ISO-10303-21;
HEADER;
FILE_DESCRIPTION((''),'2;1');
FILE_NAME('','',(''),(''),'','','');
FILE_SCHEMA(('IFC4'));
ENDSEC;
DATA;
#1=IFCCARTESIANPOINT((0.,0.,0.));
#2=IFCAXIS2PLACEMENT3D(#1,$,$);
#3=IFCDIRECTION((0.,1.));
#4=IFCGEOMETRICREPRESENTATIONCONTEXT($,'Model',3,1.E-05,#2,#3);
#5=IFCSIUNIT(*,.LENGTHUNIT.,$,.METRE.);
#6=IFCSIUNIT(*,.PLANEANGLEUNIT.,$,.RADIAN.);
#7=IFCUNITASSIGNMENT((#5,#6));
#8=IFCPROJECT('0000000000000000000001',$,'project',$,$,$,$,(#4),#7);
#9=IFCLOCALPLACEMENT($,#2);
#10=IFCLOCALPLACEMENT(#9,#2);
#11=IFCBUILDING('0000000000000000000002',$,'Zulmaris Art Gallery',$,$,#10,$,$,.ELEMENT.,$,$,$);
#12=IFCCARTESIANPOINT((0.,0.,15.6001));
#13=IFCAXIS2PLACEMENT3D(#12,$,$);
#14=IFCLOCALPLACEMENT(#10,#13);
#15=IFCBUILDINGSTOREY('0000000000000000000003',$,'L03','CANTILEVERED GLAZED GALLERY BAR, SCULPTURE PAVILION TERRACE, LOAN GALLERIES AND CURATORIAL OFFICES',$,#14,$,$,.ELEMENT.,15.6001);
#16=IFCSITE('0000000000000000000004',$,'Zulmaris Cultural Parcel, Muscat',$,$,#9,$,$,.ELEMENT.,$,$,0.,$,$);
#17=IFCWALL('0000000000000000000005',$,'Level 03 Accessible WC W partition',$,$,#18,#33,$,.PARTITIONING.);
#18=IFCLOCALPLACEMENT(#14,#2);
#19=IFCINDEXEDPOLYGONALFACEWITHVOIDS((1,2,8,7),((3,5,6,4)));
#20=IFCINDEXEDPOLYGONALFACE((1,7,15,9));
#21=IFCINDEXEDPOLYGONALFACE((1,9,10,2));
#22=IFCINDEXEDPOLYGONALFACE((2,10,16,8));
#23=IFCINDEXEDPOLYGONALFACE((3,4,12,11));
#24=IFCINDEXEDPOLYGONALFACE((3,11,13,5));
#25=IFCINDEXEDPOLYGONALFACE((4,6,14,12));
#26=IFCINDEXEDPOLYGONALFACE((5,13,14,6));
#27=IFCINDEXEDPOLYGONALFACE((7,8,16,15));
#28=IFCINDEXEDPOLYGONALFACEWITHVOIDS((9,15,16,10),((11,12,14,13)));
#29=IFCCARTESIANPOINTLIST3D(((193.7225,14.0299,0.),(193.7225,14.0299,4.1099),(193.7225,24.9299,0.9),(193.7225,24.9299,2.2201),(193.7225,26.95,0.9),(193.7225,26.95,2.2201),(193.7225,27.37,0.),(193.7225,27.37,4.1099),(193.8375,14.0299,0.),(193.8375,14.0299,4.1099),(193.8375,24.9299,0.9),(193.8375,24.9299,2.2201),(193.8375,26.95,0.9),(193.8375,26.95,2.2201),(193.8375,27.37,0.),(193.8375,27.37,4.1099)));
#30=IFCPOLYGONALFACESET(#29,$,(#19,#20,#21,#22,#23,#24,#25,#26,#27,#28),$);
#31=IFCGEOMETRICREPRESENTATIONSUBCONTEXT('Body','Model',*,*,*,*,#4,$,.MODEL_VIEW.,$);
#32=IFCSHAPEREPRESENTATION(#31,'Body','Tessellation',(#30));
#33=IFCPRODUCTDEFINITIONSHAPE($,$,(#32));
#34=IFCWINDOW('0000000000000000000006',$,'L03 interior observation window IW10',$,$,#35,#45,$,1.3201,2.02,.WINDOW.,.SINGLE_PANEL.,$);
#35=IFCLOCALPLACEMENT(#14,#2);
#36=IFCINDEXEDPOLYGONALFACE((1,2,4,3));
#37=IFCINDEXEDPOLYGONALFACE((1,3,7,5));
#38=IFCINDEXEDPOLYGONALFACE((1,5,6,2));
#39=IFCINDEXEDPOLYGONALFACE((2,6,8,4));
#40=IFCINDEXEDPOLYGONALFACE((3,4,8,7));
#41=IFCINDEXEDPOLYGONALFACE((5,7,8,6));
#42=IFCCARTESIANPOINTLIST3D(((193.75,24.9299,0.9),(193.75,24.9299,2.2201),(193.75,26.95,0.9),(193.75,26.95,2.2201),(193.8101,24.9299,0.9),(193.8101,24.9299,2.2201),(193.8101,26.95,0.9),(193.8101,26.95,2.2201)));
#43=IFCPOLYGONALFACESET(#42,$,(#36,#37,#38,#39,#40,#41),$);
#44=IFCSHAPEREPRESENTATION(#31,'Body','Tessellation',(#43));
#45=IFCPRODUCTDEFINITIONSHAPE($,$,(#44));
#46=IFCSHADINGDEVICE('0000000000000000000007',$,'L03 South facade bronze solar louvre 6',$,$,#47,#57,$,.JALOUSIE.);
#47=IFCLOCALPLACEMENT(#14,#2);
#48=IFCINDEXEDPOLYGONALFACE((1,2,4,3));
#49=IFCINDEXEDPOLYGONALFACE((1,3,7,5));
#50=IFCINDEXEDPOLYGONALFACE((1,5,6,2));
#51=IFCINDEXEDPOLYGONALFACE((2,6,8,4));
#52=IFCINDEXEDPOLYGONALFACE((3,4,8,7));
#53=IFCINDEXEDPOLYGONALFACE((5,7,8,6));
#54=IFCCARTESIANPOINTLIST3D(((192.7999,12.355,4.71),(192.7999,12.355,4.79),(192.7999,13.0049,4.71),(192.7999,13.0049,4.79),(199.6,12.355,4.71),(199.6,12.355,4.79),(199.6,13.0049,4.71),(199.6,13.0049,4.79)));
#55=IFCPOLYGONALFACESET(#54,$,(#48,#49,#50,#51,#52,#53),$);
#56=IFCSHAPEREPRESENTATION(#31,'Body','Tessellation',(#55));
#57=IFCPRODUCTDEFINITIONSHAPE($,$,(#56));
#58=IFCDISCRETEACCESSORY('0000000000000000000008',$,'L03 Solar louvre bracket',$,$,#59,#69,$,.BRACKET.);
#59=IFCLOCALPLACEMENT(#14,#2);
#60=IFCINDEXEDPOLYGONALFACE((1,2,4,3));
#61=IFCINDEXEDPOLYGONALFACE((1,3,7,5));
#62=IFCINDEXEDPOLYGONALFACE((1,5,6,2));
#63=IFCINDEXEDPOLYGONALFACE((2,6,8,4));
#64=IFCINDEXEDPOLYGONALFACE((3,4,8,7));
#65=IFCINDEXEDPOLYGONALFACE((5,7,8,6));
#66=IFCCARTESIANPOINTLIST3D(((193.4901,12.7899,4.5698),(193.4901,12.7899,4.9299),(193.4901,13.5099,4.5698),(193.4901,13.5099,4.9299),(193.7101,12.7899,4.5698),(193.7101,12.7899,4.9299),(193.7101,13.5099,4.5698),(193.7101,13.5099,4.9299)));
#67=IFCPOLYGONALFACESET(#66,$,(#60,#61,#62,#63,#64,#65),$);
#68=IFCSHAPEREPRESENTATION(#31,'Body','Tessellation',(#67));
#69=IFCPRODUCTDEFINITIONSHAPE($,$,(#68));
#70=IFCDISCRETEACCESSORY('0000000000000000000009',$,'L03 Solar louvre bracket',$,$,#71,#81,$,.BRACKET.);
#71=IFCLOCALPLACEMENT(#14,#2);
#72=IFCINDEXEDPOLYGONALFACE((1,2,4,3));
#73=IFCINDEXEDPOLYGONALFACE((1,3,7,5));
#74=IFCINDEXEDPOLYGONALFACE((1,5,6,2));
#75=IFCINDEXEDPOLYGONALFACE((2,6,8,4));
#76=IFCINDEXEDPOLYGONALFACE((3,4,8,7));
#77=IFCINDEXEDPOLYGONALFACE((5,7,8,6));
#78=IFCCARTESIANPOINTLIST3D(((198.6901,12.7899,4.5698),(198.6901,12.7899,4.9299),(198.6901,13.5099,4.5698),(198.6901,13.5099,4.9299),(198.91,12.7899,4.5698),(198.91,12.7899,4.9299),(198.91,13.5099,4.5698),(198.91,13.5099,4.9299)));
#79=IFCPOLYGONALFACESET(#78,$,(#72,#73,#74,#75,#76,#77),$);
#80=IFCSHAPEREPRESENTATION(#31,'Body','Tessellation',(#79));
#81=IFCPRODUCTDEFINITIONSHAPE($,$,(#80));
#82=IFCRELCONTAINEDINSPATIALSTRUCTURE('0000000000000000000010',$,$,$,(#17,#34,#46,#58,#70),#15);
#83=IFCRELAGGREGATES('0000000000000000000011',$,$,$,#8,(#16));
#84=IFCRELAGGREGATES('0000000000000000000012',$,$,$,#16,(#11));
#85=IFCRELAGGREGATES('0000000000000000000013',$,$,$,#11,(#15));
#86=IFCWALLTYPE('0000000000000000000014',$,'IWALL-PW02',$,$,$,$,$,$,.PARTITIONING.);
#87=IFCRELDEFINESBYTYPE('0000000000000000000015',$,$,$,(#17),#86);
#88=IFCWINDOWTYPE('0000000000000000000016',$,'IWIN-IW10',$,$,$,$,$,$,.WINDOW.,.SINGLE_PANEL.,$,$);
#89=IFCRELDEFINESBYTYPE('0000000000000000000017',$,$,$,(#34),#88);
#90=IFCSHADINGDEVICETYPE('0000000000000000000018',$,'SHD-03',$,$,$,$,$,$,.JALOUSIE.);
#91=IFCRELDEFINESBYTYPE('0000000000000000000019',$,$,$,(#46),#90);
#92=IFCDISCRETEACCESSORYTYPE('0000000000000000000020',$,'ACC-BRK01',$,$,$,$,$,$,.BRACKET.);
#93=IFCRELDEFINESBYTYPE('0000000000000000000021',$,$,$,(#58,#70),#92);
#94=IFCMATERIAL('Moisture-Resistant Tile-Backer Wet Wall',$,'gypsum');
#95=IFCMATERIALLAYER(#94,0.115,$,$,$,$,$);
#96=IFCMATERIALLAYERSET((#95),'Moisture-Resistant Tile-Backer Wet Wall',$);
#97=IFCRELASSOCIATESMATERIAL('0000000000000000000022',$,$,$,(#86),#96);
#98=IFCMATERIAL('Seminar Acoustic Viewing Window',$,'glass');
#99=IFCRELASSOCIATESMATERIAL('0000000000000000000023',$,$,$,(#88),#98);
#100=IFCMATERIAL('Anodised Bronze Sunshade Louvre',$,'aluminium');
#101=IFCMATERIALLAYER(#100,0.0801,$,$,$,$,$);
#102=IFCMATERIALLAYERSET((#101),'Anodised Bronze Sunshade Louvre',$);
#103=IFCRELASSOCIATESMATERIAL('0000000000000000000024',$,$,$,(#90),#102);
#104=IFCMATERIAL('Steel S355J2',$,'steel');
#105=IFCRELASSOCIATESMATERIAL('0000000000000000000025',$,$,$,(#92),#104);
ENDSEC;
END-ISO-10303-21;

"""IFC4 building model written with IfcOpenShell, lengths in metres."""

from ifc_helpers import new_model, si_unit, direction, frame, frame_2d, origin, origin_2d, place, context, subcontext, project, spatial, rectangle, extrude, material, layer, layer_set, type_object, element, fill, save


model = new_model("IFC4")

# Units and contexts
model_context = context("Model", 3, precision=1e-05, world=origin(), true_north=direction((0.0, 1.0)))
body_context = subcontext(model_context, "Body", "Model", "MODEL_VIEW")
ifc_project = project(units=[si_unit("LENGTHUNIT", "METRE"), si_unit("PLANEANGLEUNIT", "RADIAN")], contexts=[model_context])

# Site, building, storey
site_placement = place(None, origin())
site = spatial("IfcSite", under=ifc_project, at=site_placement, Name="Zulmaris Cultural Parcel, Muscat", CompositionType="ELEMENT", RefElevation=0.0)
building_placement = place(site_placement, origin())
building = spatial("IfcBuilding", under=site, at=building_placement, Name="Zulmaris Art Gallery", CompositionType="ELEMENT")
storey_placement = place(building_placement, frame((0.0, 0.0, 15.6001)))
storey = spatial("IfcBuildingStorey", under=building, at=storey_placement, Name="L03", Description="CANTILEVERED GLAZED GALLERY BAR, SCULPTURE PAVILION TERRACE, LOAN GALLERIES AND CURATORIAL OFFICES", CompositionType="ELEMENT", Elevation=15.6001)

# Shared definitions
ifc_material_1 = material(Name="Steel S355J2", Category="steel")

# Shared definitions
ifc_material_2 = material(Name="Moisture-Resistant Tile-Backer Wet Wall", Category="gypsum")
ifc_layer_1 = layer(ifc_material_2, 0.115)
ifc_layer_set_1 = layer_set([ifc_layer_1], Name="Moisture-Resistant Tile-Backer Wet Wall")
wall_type_1 = type_object("IfcWallType", Name="IWALL-PW02", PredefinedType="PARTITIONING", material=ifc_layer_set_1)

# Wall, opening, window
wall_1_placement = place(storey_placement, frame((193.78, 14.03, 0.0), z_axis=(0.0, 0.0, 1.0), x_axis=(0.0, 1.0, 0.0)))
wall_1 = element("IfcWall", 1, at=wall_1_placement, inside=storey, type_object=wall_type_1, Name="Level 03 Accessible WC W partition", PredefinedType="PARTITIONING", context=body_context, shape_type="SweptSolid", body=[
    extrude(rectangle(XDim=13.3401, YDim=0.115, at=frame_2d((6.6699, 0.0))), origin(), (0.0, 0.0, 1.0), 4.1099),
])
opening_1_placement = place(wall_1_placement, frame((10.8999, 0.0, 0.8999)))
opening_1 = element("IfcOpeningElement", 2, at=opening_1_placement, cuts=wall_1, PredefinedType="OPENING", context=body_context, shape_type="SweptSolid", body=[
    extrude(rectangle(XDim=2.02, YDim=1.3201, at=frame_2d((1.01, 0.6602))), frame((0.0, 0.0674, 0.0), z_axis=(0.0, -1.0, 0.0), x_axis=(1.0, 0.0, 0.0)), (0.0, 0.0, 1.0), 0.135),
])
ifc_material_3 = material(Name="Seminar Acoustic Viewing Window", Category="glass")
window_type_1 = type_object("IfcWindowType", Name="IWIN-IW10", PartitioningType="SINGLE_PANEL", PredefinedType="WINDOW", material=ifc_material_3)
window_1_placement = place(opening_1_placement, origin())
window_1 = element("IfcWindow", 3, at=window_1_placement, inside=storey, type_object=window_type_1, Name="L03 interior observation window IW10", OverallHeight=1.3201, OverallWidth=2.02, PartitioningType="SINGLE_PANEL", PredefinedType="WINDOW", context=body_context, shape_type="SweptSolid", body=[
    extrude(rectangle(XDim=2.02, YDim=1.3201, at=frame_2d((1.01, 0.6602))), frame((0.0, 0.03, 0.0), z_axis=(0.0, -1.0, 0.0), x_axis=(1.0, 0.0, 0.0)), (0.0, 0.0, 1.0), 0.0601),
])
fill(opening_1, window_1)

# Shading device
ifc_material_4 = material(Name="Anodised Bronze Sunshade Louvre", Category="aluminium")
ifc_layer_2 = layer(ifc_material_4, 0.0801)
ifc_layer_set_2 = layer_set([ifc_layer_2], Name="Anodised Bronze Sunshade Louvre")
shading_device_type = type_object("IfcShadingDeviceType", Name="SHD-03", PredefinedType="JALOUSIE", material=ifc_layer_set_2)
shading_device_placement = place(storey_placement, frame((196.2, 12.6799, 4.71), z_axis=(0.0, 0.0, 1.0), x_axis=(1.0, 0.0, 0.0)))
element("IfcShadingDevice", 4, at=shading_device_placement, inside=storey, type_object=shading_device_type, Name="L03 South facade bronze solar louvre 6", PredefinedType="JALOUSIE", context=body_context, shape_type="SweptSolid", body=[
    extrude(rectangle(XDim=6.8, YDim=0.6499, at=origin_2d()), origin(), (0.0, 0.0, 1.0), 0.0801),
])

# Discrete accessories
discrete_accessory_type = type_object("IfcDiscreteAccessoryType", Name="ACC-BRK01", PredefinedType="BRACKET", material=ifc_material_1)
for number, where, z_axis, x_axis, name in (
    (5, (193.6001, 13.1499, 4.5698), (0.0, 0.0, 1.0), (1.0, 0.0, 0.0), "L03 Solar louvre bracket"),
    (6, (198.8, 13.1499, 4.5698), (0.0, 0.0, 1.0), (1.0, 0.0, 0.0), "L03 Solar louvre bracket"),
):
    element("IfcDiscreteAccessory", number, at=place(storey_placement, frame(where, z_axis=z_axis, x_axis=x_axis)), inside=storey, type_object=discrete_accessory_type, Name=name, PredefinedType="BRACKET", context=body_context, shape_type="SweptSolid", body=[
        extrude(rectangle(XDim=0.22, YDim=0.72, at=origin_2d()), origin(), (0.0, 0.0, 1.0), 0.3601),
    ])

save(model, "model.ifc")
